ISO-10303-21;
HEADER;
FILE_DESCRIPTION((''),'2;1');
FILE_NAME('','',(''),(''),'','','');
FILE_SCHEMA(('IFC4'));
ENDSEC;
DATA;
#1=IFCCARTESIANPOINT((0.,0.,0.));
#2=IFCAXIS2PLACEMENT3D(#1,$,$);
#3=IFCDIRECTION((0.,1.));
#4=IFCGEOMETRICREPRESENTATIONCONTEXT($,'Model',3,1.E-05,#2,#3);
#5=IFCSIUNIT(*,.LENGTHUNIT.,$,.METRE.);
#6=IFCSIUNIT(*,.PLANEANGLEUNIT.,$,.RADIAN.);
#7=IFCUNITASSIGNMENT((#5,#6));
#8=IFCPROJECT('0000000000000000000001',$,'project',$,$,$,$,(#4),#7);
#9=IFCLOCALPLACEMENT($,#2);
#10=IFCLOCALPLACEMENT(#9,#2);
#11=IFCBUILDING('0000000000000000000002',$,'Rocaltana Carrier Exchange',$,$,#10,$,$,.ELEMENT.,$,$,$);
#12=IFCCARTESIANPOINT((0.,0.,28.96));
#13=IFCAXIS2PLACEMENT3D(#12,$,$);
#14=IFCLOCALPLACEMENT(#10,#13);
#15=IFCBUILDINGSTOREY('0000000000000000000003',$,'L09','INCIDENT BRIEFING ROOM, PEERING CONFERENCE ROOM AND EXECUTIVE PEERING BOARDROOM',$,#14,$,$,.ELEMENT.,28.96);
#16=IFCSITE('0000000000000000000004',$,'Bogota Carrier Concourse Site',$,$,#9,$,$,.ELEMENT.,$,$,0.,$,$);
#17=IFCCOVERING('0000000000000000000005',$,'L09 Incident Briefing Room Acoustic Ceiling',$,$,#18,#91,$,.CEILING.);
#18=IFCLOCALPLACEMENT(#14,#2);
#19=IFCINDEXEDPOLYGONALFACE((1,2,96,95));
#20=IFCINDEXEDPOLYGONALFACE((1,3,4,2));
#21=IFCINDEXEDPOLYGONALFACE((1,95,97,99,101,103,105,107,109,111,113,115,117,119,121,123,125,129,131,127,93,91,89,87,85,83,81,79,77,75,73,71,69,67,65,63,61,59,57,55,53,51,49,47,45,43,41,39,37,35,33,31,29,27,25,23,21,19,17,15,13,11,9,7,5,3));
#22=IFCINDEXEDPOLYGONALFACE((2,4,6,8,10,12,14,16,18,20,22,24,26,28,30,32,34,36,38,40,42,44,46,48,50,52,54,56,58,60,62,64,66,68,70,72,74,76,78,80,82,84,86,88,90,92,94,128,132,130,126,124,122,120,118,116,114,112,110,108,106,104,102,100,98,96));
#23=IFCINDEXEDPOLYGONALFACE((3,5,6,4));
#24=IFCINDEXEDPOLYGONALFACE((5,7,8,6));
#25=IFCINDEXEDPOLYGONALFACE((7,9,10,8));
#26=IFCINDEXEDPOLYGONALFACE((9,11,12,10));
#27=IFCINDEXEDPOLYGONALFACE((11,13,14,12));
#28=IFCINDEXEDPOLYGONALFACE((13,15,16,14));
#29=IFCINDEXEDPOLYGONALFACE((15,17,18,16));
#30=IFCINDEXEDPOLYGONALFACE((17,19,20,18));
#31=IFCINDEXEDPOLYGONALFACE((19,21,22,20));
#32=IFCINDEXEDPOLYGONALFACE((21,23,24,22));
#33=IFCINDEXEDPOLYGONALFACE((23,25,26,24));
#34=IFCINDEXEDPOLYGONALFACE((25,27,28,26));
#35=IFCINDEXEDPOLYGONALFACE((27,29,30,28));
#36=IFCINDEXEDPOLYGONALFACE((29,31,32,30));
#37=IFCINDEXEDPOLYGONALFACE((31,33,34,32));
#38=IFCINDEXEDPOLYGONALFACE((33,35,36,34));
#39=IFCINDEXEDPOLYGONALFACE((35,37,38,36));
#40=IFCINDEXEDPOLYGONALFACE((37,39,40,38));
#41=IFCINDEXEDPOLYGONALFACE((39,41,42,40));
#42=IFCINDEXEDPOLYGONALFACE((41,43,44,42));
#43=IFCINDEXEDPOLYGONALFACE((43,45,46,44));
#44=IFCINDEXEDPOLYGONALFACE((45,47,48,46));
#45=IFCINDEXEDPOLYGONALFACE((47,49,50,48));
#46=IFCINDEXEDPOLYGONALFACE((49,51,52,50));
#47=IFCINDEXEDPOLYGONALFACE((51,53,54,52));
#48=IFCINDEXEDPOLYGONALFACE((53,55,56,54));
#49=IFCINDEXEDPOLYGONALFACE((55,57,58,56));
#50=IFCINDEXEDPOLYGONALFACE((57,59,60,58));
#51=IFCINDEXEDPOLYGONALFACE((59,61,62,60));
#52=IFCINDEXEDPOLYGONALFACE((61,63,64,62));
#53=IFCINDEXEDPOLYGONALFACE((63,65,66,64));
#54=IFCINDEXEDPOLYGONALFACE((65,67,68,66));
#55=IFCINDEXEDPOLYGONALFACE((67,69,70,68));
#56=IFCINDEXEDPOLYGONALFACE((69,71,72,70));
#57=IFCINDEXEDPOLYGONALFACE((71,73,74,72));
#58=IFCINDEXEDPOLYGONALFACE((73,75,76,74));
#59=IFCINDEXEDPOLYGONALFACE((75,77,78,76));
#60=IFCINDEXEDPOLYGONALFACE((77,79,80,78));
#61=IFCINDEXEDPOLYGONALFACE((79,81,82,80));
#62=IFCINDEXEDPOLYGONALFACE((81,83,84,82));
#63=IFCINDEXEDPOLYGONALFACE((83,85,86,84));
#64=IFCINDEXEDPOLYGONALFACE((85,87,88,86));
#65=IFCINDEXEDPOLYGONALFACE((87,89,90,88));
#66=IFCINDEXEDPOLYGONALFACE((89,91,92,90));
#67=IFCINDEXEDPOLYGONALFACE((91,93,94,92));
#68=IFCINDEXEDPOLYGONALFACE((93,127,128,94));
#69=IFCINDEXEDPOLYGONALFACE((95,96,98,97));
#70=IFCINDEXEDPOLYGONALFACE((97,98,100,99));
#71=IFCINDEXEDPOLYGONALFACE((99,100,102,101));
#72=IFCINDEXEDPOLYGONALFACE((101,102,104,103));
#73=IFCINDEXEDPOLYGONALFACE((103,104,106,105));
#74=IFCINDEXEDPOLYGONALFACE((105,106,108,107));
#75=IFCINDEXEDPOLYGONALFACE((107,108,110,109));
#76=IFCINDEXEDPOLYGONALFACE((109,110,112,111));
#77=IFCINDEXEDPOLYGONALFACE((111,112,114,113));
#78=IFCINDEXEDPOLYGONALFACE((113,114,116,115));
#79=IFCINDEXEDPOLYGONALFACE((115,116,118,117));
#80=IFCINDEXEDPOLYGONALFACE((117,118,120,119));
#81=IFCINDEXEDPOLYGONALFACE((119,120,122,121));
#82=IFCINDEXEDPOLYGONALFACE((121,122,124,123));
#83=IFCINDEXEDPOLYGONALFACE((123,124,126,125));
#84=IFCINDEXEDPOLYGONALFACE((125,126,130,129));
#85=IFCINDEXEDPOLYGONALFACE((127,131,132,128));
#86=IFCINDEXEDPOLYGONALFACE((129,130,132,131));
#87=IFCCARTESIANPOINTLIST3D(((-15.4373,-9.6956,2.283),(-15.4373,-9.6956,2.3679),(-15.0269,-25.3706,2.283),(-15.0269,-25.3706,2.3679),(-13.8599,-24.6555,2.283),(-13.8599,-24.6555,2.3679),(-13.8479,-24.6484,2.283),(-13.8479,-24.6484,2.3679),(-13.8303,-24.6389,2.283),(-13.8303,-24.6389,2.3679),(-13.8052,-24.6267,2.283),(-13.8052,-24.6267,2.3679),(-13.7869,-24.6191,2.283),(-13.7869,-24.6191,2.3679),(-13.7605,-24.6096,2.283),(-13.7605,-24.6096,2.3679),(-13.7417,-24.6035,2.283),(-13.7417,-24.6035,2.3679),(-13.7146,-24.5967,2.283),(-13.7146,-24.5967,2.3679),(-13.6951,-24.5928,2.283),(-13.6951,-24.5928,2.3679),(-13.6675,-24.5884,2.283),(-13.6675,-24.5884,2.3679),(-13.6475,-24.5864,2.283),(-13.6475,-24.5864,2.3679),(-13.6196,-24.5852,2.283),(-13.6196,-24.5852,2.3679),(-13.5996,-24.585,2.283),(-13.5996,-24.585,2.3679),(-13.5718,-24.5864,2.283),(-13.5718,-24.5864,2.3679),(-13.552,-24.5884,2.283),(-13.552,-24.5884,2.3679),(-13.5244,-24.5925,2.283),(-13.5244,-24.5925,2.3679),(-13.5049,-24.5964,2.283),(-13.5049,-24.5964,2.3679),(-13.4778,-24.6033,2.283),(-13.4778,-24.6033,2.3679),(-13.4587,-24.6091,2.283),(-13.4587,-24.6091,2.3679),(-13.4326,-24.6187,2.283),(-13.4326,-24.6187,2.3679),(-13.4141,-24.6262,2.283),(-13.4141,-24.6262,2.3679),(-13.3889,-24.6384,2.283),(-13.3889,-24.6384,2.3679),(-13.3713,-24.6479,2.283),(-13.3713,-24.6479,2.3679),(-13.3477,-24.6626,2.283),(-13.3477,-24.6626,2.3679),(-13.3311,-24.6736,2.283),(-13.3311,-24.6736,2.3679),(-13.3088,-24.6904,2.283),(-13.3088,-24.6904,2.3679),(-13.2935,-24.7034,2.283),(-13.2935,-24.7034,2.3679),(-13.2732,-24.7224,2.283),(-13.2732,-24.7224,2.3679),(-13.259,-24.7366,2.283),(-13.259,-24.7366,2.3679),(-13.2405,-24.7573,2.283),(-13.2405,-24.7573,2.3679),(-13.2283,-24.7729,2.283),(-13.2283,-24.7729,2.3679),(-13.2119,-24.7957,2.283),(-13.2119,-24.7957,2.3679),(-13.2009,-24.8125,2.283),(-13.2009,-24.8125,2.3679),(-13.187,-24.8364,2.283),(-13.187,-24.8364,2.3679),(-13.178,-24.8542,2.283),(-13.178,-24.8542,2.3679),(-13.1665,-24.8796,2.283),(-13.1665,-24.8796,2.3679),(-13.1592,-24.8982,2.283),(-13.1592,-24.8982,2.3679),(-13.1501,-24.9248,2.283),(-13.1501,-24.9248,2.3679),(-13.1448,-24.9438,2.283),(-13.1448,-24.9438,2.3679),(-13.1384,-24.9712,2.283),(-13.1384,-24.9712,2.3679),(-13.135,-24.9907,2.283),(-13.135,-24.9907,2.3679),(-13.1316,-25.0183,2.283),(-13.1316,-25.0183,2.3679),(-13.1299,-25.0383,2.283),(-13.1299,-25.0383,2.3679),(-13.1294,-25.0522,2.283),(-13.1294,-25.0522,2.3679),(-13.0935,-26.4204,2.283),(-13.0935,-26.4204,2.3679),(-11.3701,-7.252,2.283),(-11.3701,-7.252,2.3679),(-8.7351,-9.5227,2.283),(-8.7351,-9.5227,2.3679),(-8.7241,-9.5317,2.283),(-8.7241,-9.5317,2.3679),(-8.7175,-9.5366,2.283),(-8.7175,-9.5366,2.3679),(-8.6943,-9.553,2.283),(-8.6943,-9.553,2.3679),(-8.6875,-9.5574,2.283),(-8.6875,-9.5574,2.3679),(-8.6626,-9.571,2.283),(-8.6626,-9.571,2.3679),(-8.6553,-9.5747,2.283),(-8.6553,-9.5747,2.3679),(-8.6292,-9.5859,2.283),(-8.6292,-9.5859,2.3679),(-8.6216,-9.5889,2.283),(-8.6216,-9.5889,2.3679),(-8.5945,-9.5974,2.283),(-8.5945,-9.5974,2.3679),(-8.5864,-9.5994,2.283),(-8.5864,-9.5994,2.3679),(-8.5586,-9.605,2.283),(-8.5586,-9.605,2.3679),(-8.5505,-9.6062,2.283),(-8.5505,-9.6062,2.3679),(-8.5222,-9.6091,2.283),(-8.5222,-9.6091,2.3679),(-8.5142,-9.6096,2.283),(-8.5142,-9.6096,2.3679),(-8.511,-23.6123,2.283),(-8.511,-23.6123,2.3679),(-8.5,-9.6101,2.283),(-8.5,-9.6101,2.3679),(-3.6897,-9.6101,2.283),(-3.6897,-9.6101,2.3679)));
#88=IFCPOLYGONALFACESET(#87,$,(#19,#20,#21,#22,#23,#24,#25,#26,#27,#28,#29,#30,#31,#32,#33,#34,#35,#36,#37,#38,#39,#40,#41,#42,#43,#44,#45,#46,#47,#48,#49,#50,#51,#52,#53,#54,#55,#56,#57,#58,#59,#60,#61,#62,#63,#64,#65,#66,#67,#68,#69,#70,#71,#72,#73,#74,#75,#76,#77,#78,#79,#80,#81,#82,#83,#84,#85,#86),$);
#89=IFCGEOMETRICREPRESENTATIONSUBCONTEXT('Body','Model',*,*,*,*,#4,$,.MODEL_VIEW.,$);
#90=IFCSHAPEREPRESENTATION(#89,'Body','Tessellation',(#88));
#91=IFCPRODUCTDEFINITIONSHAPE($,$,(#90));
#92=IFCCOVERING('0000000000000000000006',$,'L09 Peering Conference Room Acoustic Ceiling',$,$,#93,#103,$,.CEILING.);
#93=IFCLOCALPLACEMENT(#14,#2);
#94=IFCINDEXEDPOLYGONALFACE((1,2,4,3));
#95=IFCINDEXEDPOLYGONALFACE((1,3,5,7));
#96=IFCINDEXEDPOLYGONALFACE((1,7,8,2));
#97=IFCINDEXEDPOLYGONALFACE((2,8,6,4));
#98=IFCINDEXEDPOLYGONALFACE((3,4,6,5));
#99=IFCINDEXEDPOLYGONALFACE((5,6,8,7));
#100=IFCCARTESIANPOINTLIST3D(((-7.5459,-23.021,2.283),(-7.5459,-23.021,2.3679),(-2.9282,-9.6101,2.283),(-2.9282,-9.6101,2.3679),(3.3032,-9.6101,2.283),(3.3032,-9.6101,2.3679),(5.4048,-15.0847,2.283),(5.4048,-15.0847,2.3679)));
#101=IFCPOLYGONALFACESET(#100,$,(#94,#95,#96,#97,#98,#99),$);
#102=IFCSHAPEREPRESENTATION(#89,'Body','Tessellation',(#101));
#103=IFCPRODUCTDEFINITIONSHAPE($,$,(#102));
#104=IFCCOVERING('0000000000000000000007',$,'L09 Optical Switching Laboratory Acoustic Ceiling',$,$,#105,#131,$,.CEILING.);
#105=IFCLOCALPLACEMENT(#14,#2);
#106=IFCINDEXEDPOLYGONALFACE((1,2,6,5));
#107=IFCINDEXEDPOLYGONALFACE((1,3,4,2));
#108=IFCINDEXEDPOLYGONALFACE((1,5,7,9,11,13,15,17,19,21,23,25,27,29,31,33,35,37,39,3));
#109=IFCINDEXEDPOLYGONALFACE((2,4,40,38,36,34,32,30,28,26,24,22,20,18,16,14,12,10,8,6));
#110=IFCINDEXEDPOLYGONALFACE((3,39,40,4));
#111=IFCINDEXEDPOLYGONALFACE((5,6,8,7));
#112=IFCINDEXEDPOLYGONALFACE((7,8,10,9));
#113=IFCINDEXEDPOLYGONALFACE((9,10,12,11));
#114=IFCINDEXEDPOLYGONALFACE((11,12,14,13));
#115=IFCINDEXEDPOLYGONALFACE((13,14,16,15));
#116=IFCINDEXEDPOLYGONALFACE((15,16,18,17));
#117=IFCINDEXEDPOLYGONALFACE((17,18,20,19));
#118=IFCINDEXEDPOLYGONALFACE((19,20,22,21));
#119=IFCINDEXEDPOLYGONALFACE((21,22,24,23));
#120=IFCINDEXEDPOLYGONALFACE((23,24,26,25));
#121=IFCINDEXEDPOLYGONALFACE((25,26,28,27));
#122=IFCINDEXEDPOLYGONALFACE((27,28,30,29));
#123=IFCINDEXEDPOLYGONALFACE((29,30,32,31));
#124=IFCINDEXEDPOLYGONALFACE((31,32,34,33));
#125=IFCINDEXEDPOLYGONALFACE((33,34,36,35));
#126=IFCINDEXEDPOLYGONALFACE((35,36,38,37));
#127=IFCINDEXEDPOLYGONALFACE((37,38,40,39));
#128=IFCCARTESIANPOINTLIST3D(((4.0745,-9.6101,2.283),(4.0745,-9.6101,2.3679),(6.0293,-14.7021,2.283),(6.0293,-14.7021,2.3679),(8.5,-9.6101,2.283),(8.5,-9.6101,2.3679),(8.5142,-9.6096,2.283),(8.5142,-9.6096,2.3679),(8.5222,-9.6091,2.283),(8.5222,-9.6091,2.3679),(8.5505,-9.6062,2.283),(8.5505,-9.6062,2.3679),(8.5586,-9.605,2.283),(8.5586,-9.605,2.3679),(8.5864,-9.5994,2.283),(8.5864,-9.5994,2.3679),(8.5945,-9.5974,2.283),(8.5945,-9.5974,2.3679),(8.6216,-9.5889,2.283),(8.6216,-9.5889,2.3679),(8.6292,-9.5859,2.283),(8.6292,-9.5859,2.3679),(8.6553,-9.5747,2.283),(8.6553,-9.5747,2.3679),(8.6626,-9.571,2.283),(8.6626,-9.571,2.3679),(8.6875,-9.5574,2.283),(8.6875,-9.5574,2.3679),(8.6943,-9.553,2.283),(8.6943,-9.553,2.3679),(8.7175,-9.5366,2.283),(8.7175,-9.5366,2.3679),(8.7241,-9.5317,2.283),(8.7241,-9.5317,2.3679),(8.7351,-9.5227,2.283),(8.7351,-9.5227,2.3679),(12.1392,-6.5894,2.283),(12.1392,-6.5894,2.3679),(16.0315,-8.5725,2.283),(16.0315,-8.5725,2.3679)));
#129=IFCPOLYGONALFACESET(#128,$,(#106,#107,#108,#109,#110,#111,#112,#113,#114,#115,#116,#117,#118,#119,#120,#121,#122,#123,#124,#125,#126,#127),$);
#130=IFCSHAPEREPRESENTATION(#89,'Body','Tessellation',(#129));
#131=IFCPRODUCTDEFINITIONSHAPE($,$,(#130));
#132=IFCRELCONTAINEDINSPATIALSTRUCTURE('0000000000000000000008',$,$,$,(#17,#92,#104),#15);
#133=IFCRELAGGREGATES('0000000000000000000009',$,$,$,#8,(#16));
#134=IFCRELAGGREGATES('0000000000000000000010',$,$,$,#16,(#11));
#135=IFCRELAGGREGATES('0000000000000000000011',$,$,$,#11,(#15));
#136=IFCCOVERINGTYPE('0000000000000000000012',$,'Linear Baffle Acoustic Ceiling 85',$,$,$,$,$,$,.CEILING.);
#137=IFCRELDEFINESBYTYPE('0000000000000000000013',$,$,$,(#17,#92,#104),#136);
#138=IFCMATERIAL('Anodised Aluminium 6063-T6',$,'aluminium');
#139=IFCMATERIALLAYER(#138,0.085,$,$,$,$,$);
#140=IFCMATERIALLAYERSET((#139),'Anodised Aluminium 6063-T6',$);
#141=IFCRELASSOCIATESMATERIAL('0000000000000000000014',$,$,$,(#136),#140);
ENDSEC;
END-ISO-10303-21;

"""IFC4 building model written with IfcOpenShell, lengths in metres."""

from ifc_helpers import new_model, si_unit, direction, frame, origin, place, context, subcontext, project, spatial, polyline, outline, extrude, material, layer, layer_set, type_object, element, save


model = new_model("IFC4")

# Units and contexts
model_context = context("Model", 3, precision=1e-05, world=origin(), true_north=direction((0.0, 1.0)))
body_context = subcontext(model_context, "Body", "Model", "MODEL_VIEW")
ifc_project = project(units=[si_unit("LENGTHUNIT", "METRE"), si_unit("PLANEANGLEUNIT", "RADIAN")], contexts=[model_context])

# Site, building, storey
site_placement = place(None, origin())
site = spatial("IfcSite", under=ifc_project, at=site_placement, Name="Bogota Carrier Concourse Site", CompositionType="ELEMENT", RefElevation=0.0)
building_placement = place(site_placement, origin())
building = spatial("IfcBuilding", under=site, at=building_placement, Name="Rocaltana Carrier Exchange", CompositionType="ELEMENT")
storey_placement = place(building_placement, frame((0.0, 0.0, 28.96)))
storey = spatial("IfcBuildingStorey", under=building, at=storey_placement, Name="L09", Description="INCIDENT BRIEFING ROOM, PEERING CONFERENCE ROOM AND EXECUTIVE PEERING BOARDROOM", CompositionType="ELEMENT", Elevation=28.96)

# Coverings
ifc_material_1 = material(Name="Anodised Aluminium 6063-T6", Category="aluminium")
ifc_layer_1 = layer(ifc_material_1, 0.085)
ifc_layer_set_1 = layer_set([ifc_layer_1], Name="Anodised Aluminium 6063-T6")
covering_type_1 = type_object("IfcCoveringType", Name="Linear Baffle Acoustic Ceiling 85", PredefinedType="CEILING", material=ifc_layer_set_1)
covering_1_placement = place(storey_placement, frame((0.0, 0.0, 2.283)))
element("IfcCovering", 1, at=covering_1_placement, inside=storey, type_object=covering_type_1, Name="L09 Incident Briefing Room Acoustic Ceiling", PredefinedType="CEILING", context=body_context, shape_type="SweptSolid", body=[
    extrude(outline(polyline([(-13.1294, -25.0522), (-13.1299, -25.0383), (-13.1316, -25.0183), (-13.135, -24.9907), (-13.1384, -24.9712), (-13.1448, -24.9438), (-13.1501, -24.9248), (-13.1592, -24.8982), (-13.1665, -24.8796), (-13.178, -24.8542), (-13.187, -24.8364), (-13.2009, -24.8125), (-13.2119, -24.7957), (-13.2283, -24.7729), (-13.2405, -24.7573), (-13.259, -24.7366), (-13.2732, -24.7224), (-13.2935, -24.7034), (-13.3088, -24.6904), (-13.3311, -24.6736), (-13.3477, -24.6626), (-13.3713, -24.6479), (-13.3889, -24.6384), (-13.4141, -24.6262), (-13.4326, -24.6187), (-13.4587, -24.6091), (-13.4778, -24.6033), (-13.5049, -24.5964), (-13.5244, -24.5925), (-13.552, -24.5884), (-13.5718, -24.5864), (-13.5996, -24.585), (-13.6196, -24.5852), (-13.6475, -24.5864), (-13.6675, -24.5884), (-13.6951, -24.5928), (-13.7146, -24.5967), (-13.7417, -24.6035), (-13.7605, -24.6096), (-13.7869, -24.6191), (-13.8052, -24.6267), (-13.8303, -24.6389), (-13.8479, -24.6484), (-13.8599, -24.6555), (-15.0269, -25.3706), (-15.4373, -9.6956), (-11.3701, -7.252), (-8.7351, -9.5227), (-8.7241, -9.5317), (-8.7175, -9.5366), (-8.6943, -9.553), (-8.6875, -9.5574), (-8.6626, -9.571), (-8.6553, -9.5747), (-8.6292, -9.5859), (-8.6216, -9.5889), (-8.5945, -9.5974), (-8.5864, -9.5994), (-8.5586, -9.605), (-8.5505, -9.6062), (-8.5222, -9.6091), (-8.5142, -9.6096), (-8.5, -9.6101), (-3.6897, -9.6101), (-8.511, -23.6123), (-13.0935, -26.4204), (-13.1294, -25.0522)])), origin(), (0.0, 0.0, 1.0), 0.085),
])
covering_2_placement = place(storey_placement, frame((0.0, 0.0, 2.283)))
element("IfcCovering", 2, at=covering_2_placement, inside=storey, type_object=covering_type_1, Name="L09 Peering Conference Room Acoustic Ceiling", PredefinedType="CEILING", context=body_context, shape_type="SweptSolid", body=[
    extrude(outline(polyline([(-7.5459, -23.021), (-2.9282, -9.6101), (3.3032, -9.6101), (5.4048, -15.0847), (-7.5459, -23.021)])), origin(), (0.0, 0.0, 1.0), 0.085),
])
covering_3_placement = place(storey_placement, frame((0.0, 0.0, 2.283)))
element("IfcCovering", 3, at=covering_3_placement, inside=storey, type_object=covering_type_1, Name="L09 Optical Switching Laboratory Acoustic Ceiling", PredefinedType="CEILING", context=body_context, shape_type="SweptSolid", body=[
    extrude(outline(polyline([(6.0293, -14.7021), (4.0745, -9.6101), (8.5, -9.6101), (8.5142, -9.6096), (8.5222, -9.6091), (8.5505, -9.6062), (8.5586, -9.605), (8.5864, -9.5994), (8.5945, -9.5974), (8.6216, -9.5889), (8.6292, -9.5859), (8.6553, -9.5747), (8.6626, -9.571), (8.6875, -9.5574), (8.6943, -9.553), (8.7175, -9.5366), (8.7241, -9.5317), (8.7351, -9.5227), (12.1392, -6.5894), (16.0315, -8.5725), (6.0293, -14.7021)])), origin(), (0.0, 0.0, 1.0), 0.085),
])

save(model, "model.ifc")
